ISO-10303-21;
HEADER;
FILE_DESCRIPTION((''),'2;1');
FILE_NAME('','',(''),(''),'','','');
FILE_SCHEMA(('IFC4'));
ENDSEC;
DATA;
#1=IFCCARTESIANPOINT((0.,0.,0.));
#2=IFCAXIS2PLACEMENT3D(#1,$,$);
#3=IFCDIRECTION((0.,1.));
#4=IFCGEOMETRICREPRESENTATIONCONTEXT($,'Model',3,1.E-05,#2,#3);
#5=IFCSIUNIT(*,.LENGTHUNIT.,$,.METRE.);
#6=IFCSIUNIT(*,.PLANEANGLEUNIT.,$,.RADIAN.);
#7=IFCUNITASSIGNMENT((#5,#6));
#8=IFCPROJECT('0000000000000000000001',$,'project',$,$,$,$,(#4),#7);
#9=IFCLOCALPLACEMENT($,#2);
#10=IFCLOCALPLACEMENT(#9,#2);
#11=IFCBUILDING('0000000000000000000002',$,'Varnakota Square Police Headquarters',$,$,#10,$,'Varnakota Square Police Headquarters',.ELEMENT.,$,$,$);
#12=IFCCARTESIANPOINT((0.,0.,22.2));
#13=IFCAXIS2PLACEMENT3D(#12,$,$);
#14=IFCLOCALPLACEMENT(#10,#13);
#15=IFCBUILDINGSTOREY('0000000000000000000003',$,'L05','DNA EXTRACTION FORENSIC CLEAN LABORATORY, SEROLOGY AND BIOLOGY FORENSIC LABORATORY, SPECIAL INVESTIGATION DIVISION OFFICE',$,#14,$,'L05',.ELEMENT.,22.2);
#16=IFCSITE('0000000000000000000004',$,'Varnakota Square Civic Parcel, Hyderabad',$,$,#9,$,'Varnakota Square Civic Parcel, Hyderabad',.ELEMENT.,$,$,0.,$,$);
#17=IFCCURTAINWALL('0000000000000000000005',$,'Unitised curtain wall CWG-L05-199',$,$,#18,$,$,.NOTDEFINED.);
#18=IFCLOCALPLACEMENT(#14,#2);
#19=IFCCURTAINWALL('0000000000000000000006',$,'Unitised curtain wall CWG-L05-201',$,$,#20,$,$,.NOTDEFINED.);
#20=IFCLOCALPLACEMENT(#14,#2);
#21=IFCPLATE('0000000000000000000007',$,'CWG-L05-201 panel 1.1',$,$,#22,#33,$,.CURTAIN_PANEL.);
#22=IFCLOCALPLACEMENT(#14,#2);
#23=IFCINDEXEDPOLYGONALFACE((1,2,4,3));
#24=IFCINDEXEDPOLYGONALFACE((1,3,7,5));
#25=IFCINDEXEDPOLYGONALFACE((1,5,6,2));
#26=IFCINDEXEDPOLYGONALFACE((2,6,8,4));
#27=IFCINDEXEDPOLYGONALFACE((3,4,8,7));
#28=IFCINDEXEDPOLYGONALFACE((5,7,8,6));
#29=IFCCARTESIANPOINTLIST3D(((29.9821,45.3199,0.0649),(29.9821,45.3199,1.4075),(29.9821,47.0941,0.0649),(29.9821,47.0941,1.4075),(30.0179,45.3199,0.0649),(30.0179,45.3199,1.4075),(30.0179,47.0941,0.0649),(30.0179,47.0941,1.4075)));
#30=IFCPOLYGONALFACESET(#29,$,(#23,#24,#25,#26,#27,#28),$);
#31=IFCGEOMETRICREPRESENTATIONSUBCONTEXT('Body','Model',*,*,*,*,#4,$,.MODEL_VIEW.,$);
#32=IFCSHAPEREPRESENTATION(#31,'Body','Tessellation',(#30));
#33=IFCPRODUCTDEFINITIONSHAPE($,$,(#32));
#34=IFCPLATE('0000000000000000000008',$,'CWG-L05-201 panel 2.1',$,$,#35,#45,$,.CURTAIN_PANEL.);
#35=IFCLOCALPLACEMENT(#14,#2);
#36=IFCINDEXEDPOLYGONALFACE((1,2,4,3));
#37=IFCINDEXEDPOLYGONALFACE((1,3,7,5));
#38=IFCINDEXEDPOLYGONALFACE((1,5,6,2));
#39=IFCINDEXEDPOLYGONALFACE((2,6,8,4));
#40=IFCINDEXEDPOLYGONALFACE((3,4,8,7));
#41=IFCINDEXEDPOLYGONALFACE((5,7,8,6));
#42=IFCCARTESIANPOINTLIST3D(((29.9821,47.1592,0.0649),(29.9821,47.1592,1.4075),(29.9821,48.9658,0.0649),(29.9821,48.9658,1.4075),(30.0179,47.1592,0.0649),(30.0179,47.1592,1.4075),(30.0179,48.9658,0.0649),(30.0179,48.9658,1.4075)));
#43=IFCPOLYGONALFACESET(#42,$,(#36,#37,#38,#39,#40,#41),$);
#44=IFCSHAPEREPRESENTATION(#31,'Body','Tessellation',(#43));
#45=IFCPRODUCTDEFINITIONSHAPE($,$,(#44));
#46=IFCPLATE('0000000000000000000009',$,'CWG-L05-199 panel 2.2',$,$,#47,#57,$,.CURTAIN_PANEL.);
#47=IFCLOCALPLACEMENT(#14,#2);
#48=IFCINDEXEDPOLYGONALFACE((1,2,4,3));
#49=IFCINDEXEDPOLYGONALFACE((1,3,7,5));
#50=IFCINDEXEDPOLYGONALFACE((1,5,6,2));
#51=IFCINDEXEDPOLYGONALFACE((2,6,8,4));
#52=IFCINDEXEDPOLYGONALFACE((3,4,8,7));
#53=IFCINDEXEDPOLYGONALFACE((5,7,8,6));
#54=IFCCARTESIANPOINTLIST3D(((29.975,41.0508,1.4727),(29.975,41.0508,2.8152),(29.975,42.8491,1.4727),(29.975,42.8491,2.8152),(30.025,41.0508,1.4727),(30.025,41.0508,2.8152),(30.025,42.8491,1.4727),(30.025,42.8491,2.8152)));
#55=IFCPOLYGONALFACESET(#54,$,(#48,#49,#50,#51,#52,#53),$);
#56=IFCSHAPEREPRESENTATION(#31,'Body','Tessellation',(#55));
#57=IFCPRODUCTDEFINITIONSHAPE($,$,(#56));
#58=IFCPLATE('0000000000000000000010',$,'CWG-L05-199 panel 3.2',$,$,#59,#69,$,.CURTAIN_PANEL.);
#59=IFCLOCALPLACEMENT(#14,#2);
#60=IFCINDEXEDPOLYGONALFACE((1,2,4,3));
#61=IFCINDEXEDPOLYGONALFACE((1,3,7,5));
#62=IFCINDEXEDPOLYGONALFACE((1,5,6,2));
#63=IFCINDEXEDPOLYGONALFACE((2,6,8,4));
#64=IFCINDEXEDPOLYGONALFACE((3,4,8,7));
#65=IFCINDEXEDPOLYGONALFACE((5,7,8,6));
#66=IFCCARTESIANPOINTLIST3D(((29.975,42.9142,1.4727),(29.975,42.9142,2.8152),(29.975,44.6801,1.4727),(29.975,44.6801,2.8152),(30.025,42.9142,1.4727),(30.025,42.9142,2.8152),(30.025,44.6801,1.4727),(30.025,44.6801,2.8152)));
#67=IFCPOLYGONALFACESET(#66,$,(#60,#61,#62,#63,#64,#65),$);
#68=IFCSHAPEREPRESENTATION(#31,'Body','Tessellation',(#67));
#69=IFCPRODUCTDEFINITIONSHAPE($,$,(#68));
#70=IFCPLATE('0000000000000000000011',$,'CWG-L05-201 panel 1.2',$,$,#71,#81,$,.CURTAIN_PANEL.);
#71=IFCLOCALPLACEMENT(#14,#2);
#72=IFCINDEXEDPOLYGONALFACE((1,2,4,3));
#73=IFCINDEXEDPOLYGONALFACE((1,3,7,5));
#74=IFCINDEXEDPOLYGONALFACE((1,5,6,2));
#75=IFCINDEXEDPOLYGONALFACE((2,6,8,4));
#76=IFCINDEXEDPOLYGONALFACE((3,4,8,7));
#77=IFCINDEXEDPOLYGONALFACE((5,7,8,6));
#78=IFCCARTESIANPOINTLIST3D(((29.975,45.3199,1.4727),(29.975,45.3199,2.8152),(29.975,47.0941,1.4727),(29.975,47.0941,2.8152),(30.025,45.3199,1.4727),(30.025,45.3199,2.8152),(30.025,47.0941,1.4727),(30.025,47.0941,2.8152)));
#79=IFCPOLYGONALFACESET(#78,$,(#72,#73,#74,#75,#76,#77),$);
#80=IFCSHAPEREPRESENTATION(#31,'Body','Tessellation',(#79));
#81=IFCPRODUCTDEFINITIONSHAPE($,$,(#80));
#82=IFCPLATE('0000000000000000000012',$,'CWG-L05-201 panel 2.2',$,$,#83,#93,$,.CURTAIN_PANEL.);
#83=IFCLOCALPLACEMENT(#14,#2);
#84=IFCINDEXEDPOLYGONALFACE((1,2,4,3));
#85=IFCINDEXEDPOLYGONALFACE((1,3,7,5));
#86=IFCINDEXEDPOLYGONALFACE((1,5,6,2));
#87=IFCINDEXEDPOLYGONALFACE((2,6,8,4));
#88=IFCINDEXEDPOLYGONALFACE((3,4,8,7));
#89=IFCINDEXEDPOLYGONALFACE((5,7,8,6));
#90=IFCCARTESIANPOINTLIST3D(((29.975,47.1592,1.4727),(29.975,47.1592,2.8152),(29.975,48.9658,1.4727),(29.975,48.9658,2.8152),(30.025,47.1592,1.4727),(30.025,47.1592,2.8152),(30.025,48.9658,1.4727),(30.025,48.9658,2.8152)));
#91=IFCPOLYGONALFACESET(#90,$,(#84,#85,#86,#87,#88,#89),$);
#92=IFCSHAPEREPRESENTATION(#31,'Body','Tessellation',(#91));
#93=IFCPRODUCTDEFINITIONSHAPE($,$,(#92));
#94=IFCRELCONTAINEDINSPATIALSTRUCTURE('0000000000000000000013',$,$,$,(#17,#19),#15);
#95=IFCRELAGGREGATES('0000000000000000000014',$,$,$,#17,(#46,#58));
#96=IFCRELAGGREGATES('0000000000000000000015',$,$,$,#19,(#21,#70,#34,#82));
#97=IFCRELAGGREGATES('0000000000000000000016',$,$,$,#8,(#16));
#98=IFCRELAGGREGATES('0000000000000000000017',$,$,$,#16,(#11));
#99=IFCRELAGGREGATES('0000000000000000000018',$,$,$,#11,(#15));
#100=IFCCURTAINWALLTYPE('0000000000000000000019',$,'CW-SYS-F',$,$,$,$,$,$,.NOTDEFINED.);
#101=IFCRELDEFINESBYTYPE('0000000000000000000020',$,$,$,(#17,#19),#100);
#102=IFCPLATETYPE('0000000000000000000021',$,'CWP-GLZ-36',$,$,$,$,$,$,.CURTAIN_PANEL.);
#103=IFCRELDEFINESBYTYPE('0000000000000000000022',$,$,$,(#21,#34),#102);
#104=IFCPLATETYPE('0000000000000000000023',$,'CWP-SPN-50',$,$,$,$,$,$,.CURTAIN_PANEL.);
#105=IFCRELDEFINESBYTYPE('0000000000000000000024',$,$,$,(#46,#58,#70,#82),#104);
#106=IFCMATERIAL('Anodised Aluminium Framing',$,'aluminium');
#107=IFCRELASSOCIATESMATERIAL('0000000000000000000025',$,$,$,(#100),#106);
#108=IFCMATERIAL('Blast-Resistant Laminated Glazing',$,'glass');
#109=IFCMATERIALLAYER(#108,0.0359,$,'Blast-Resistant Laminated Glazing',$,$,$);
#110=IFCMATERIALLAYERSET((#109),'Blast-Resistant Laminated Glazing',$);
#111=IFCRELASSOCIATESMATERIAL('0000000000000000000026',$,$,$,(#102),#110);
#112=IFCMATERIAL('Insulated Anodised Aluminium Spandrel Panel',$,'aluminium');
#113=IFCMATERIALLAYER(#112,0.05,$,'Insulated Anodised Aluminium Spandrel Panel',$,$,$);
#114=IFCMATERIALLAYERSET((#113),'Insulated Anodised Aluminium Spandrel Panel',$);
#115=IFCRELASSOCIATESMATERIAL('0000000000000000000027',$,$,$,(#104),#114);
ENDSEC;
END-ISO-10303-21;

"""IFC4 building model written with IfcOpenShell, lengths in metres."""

from ifc_helpers import new_model, si_unit, direction, frame, origin, origin_2d, place, context, subcontext, project, spatial, rectangle, extrude, material, layer, layer_set, type_object, element, aggregate, save


model = new_model("IFC4")

# Units and contexts
model_context = context("Model", 3, precision=1e-05, world=origin(), true_north=direction((0.0, 1.0)))
body_context = subcontext(model_context, "Body", "Model", "MODEL_VIEW")
ifc_project = project(units=[si_unit("LENGTHUNIT", "METRE"), si_unit("PLANEANGLEUNIT", "RADIAN")], contexts=[model_context])

# Site, building, storey
site_placement = place(None, origin())
site = spatial("IfcSite", under=ifc_project, at=site_placement, Name="Varnakota Square Civic Parcel, Hyderabad", LongName="Varnakota Square Civic Parcel, Hyderabad", CompositionType="ELEMENT", RefElevation=0.0)
building_placement = place(site_placement, origin())
building = spatial("IfcBuilding", under=site, at=building_placement, Name="Varnakota Square Police Headquarters", LongName="Varnakota Square Police Headquarters", CompositionType="ELEMENT")
storey_placement = place(building_placement, frame((0.0, 0.0, 22.2)))
storey = spatial("IfcBuildingStorey", under=building, at=storey_placement, Name="L05", Description="DNA EXTRACTION FORENSIC CLEAN LABORATORY, SEROLOGY AND BIOLOGY FORENSIC LABORATORY, SPECIAL INVESTIGATION DIVISION OFFICE", LongName="L05", CompositionType="ELEMENT", Elevation=22.2)

# Curtain walls
ifc_material_1 = material(Name="Anodised Aluminium Framing", Category="aluminium")
curtain_wall_type = type_object("IfcCurtainWallType", Name="CW-SYS-F", PredefinedType="NOTDEFINED", material=ifc_material_1)
curtain_wall_1_placement = place(storey_placement, origin())
curtain_wall_1 = element("IfcCurtainWall", 1, at=curtain_wall_1_placement, inside=storey, type_object=curtain_wall_type, Name="Unitised curtain wall CWG-L05-199", PredefinedType="NOTDEFINED")
curtain_wall_2_placement = place(storey_placement, origin())
curtain_wall_2 = element("IfcCurtainWall", 2, at=curtain_wall_2_placement, inside=storey, type_object=curtain_wall_type, Name="Unitised curtain wall CWG-L05-201", PredefinedType="NOTDEFINED")

# Plates
ifc_material_2 = material(Name="Blast-Resistant Laminated Glazing", Category="glass")
ifc_layer_1 = layer(ifc_material_2, 0.0359, Name="Blast-Resistant Laminated Glazing")
ifc_layer_set_1 = layer_set([ifc_layer_1], Name="Blast-Resistant Laminated Glazing")
plate_type_1 = type_object("IfcPlateType", Name="CWP-GLZ-36", PredefinedType="CURTAIN_PANEL", material=ifc_layer_set_1)
plate_1_placement = place(storey_placement, frame((30.0, 46.207, 0.0649), z_axis=(0.0, 0.0, 1.0), x_axis=(0.0, 1.0, 0.0)))
plate_1 = element("IfcPlate", 3, at=plate_1_placement, type_object=plate_type_1, Name="CWG-L05-201 panel 1.1", PredefinedType="CURTAIN_PANEL", context=body_context, shape_type="SweptSolid", body=[
    extrude(rectangle(XDim=1.7742, YDim=0.0359, at=origin_2d()), origin(), (0.0, 0.0, 1.0), 1.3425),
])
plate_2_placement = place(storey_placement, frame((30.0, 48.0625, 0.0649), z_axis=(0.0, 0.0, 1.0), x_axis=(0.0, 1.0, 0.0)))
plate_2 = element("IfcPlate", 4, at=plate_2_placement, type_object=plate_type_1, Name="CWG-L05-201 panel 2.1", PredefinedType="CURTAIN_PANEL", context=body_context, shape_type="SweptSolid", body=[
    extrude(rectangle(XDim=1.8066, YDim=0.0359, at=origin_2d()), origin(), (0.0, 0.0, 1.0), 1.3425),
])
ifc_material_3 = material(Name="Insulated Anodised Aluminium Spandrel Panel", Category="aluminium")
ifc_layer_2 = layer(ifc_material_3, 0.05, Name="Insulated Anodised Aluminium Spandrel Panel")
ifc_layer_set_2 = layer_set([ifc_layer_2], Name="Insulated Anodised Aluminium Spandrel Panel")
plate_type_2 = type_object("IfcPlateType", Name="CWP-SPN-50", PredefinedType="CURTAIN_PANEL", material=ifc_layer_set_2)
plate_3_placement = place(storey_placement, frame((30.0, 41.95, 1.4727), z_axis=(0.0, 0.0, 1.0), x_axis=(0.0, 1.0, 0.0)))
plate_3 = element("IfcPlate", 5, at=plate_3_placement, type_object=plate_type_2, Name="CWG-L05-199 panel 2.2", PredefinedType="CURTAIN_PANEL", context=body_context, shape_type="SweptSolid", body=[
    extrude(rectangle(XDim=1.7983, YDim=0.05, at=origin_2d()), origin(), (0.0, 0.0, 1.0), 1.3425),
])
plate_4_placement = place(storey_placement, frame((30.0, 43.7971, 1.4727), z_axis=(0.0, 0.0, 1.0), x_axis=(0.0, 1.0, 0.0)))
plate_4 = element("IfcPlate", 6, at=plate_4_placement, type_object=plate_type_2, Name="CWG-L05-199 panel 3.2", PredefinedType="CURTAIN_PANEL", context=body_context, shape_type="SweptSolid", body=[
    extrude(rectangle(XDim=1.7659, YDim=0.05, at=origin_2d()), origin(), (0.0, 0.0, 1.0), 1.3425),
])
aggregate(curtain_wall_1, [plate_3, plate_4])
plate_5_placement = place(storey_placement, frame((30.0, 46.207, 1.4727), z_axis=(0.0, 0.0, 1.0), x_axis=(0.0, 1.0, 0.0)))
plate_5 = element("IfcPlate", 7, at=plate_5_placement, type_object=plate_type_2, Name="CWG-L05-201 panel 1.2", PredefinedType="CURTAIN_PANEL", context=body_context, shape_type="SweptSolid", body=[
    extrude(rectangle(XDim=1.7742, YDim=0.05, at=origin_2d()), origin(), (0.0, 0.0, 1.0), 1.3425),
])
plate_6_placement = place(storey_placement, frame((30.0, 48.0625, 1.4727), z_axis=(0.0, 0.0, 1.0), x_axis=(0.0, 1.0, 0.0)))
plate_6 = element("IfcPlate", 8, at=plate_6_placement, type_object=plate_type_2, Name="CWG-L05-201 panel 2.2", PredefinedType="CURTAIN_PANEL", context=body_context, shape_type="SweptSolid", body=[
    extrude(rectangle(XDim=1.8066, YDim=0.05, at=origin_2d()), origin(), (0.0, 0.0, 1.0), 1.3425),
])
aggregate(curtain_wall_2, [plate_1, plate_5, plate_2, plate_6])

save(model, "model.ifc")
